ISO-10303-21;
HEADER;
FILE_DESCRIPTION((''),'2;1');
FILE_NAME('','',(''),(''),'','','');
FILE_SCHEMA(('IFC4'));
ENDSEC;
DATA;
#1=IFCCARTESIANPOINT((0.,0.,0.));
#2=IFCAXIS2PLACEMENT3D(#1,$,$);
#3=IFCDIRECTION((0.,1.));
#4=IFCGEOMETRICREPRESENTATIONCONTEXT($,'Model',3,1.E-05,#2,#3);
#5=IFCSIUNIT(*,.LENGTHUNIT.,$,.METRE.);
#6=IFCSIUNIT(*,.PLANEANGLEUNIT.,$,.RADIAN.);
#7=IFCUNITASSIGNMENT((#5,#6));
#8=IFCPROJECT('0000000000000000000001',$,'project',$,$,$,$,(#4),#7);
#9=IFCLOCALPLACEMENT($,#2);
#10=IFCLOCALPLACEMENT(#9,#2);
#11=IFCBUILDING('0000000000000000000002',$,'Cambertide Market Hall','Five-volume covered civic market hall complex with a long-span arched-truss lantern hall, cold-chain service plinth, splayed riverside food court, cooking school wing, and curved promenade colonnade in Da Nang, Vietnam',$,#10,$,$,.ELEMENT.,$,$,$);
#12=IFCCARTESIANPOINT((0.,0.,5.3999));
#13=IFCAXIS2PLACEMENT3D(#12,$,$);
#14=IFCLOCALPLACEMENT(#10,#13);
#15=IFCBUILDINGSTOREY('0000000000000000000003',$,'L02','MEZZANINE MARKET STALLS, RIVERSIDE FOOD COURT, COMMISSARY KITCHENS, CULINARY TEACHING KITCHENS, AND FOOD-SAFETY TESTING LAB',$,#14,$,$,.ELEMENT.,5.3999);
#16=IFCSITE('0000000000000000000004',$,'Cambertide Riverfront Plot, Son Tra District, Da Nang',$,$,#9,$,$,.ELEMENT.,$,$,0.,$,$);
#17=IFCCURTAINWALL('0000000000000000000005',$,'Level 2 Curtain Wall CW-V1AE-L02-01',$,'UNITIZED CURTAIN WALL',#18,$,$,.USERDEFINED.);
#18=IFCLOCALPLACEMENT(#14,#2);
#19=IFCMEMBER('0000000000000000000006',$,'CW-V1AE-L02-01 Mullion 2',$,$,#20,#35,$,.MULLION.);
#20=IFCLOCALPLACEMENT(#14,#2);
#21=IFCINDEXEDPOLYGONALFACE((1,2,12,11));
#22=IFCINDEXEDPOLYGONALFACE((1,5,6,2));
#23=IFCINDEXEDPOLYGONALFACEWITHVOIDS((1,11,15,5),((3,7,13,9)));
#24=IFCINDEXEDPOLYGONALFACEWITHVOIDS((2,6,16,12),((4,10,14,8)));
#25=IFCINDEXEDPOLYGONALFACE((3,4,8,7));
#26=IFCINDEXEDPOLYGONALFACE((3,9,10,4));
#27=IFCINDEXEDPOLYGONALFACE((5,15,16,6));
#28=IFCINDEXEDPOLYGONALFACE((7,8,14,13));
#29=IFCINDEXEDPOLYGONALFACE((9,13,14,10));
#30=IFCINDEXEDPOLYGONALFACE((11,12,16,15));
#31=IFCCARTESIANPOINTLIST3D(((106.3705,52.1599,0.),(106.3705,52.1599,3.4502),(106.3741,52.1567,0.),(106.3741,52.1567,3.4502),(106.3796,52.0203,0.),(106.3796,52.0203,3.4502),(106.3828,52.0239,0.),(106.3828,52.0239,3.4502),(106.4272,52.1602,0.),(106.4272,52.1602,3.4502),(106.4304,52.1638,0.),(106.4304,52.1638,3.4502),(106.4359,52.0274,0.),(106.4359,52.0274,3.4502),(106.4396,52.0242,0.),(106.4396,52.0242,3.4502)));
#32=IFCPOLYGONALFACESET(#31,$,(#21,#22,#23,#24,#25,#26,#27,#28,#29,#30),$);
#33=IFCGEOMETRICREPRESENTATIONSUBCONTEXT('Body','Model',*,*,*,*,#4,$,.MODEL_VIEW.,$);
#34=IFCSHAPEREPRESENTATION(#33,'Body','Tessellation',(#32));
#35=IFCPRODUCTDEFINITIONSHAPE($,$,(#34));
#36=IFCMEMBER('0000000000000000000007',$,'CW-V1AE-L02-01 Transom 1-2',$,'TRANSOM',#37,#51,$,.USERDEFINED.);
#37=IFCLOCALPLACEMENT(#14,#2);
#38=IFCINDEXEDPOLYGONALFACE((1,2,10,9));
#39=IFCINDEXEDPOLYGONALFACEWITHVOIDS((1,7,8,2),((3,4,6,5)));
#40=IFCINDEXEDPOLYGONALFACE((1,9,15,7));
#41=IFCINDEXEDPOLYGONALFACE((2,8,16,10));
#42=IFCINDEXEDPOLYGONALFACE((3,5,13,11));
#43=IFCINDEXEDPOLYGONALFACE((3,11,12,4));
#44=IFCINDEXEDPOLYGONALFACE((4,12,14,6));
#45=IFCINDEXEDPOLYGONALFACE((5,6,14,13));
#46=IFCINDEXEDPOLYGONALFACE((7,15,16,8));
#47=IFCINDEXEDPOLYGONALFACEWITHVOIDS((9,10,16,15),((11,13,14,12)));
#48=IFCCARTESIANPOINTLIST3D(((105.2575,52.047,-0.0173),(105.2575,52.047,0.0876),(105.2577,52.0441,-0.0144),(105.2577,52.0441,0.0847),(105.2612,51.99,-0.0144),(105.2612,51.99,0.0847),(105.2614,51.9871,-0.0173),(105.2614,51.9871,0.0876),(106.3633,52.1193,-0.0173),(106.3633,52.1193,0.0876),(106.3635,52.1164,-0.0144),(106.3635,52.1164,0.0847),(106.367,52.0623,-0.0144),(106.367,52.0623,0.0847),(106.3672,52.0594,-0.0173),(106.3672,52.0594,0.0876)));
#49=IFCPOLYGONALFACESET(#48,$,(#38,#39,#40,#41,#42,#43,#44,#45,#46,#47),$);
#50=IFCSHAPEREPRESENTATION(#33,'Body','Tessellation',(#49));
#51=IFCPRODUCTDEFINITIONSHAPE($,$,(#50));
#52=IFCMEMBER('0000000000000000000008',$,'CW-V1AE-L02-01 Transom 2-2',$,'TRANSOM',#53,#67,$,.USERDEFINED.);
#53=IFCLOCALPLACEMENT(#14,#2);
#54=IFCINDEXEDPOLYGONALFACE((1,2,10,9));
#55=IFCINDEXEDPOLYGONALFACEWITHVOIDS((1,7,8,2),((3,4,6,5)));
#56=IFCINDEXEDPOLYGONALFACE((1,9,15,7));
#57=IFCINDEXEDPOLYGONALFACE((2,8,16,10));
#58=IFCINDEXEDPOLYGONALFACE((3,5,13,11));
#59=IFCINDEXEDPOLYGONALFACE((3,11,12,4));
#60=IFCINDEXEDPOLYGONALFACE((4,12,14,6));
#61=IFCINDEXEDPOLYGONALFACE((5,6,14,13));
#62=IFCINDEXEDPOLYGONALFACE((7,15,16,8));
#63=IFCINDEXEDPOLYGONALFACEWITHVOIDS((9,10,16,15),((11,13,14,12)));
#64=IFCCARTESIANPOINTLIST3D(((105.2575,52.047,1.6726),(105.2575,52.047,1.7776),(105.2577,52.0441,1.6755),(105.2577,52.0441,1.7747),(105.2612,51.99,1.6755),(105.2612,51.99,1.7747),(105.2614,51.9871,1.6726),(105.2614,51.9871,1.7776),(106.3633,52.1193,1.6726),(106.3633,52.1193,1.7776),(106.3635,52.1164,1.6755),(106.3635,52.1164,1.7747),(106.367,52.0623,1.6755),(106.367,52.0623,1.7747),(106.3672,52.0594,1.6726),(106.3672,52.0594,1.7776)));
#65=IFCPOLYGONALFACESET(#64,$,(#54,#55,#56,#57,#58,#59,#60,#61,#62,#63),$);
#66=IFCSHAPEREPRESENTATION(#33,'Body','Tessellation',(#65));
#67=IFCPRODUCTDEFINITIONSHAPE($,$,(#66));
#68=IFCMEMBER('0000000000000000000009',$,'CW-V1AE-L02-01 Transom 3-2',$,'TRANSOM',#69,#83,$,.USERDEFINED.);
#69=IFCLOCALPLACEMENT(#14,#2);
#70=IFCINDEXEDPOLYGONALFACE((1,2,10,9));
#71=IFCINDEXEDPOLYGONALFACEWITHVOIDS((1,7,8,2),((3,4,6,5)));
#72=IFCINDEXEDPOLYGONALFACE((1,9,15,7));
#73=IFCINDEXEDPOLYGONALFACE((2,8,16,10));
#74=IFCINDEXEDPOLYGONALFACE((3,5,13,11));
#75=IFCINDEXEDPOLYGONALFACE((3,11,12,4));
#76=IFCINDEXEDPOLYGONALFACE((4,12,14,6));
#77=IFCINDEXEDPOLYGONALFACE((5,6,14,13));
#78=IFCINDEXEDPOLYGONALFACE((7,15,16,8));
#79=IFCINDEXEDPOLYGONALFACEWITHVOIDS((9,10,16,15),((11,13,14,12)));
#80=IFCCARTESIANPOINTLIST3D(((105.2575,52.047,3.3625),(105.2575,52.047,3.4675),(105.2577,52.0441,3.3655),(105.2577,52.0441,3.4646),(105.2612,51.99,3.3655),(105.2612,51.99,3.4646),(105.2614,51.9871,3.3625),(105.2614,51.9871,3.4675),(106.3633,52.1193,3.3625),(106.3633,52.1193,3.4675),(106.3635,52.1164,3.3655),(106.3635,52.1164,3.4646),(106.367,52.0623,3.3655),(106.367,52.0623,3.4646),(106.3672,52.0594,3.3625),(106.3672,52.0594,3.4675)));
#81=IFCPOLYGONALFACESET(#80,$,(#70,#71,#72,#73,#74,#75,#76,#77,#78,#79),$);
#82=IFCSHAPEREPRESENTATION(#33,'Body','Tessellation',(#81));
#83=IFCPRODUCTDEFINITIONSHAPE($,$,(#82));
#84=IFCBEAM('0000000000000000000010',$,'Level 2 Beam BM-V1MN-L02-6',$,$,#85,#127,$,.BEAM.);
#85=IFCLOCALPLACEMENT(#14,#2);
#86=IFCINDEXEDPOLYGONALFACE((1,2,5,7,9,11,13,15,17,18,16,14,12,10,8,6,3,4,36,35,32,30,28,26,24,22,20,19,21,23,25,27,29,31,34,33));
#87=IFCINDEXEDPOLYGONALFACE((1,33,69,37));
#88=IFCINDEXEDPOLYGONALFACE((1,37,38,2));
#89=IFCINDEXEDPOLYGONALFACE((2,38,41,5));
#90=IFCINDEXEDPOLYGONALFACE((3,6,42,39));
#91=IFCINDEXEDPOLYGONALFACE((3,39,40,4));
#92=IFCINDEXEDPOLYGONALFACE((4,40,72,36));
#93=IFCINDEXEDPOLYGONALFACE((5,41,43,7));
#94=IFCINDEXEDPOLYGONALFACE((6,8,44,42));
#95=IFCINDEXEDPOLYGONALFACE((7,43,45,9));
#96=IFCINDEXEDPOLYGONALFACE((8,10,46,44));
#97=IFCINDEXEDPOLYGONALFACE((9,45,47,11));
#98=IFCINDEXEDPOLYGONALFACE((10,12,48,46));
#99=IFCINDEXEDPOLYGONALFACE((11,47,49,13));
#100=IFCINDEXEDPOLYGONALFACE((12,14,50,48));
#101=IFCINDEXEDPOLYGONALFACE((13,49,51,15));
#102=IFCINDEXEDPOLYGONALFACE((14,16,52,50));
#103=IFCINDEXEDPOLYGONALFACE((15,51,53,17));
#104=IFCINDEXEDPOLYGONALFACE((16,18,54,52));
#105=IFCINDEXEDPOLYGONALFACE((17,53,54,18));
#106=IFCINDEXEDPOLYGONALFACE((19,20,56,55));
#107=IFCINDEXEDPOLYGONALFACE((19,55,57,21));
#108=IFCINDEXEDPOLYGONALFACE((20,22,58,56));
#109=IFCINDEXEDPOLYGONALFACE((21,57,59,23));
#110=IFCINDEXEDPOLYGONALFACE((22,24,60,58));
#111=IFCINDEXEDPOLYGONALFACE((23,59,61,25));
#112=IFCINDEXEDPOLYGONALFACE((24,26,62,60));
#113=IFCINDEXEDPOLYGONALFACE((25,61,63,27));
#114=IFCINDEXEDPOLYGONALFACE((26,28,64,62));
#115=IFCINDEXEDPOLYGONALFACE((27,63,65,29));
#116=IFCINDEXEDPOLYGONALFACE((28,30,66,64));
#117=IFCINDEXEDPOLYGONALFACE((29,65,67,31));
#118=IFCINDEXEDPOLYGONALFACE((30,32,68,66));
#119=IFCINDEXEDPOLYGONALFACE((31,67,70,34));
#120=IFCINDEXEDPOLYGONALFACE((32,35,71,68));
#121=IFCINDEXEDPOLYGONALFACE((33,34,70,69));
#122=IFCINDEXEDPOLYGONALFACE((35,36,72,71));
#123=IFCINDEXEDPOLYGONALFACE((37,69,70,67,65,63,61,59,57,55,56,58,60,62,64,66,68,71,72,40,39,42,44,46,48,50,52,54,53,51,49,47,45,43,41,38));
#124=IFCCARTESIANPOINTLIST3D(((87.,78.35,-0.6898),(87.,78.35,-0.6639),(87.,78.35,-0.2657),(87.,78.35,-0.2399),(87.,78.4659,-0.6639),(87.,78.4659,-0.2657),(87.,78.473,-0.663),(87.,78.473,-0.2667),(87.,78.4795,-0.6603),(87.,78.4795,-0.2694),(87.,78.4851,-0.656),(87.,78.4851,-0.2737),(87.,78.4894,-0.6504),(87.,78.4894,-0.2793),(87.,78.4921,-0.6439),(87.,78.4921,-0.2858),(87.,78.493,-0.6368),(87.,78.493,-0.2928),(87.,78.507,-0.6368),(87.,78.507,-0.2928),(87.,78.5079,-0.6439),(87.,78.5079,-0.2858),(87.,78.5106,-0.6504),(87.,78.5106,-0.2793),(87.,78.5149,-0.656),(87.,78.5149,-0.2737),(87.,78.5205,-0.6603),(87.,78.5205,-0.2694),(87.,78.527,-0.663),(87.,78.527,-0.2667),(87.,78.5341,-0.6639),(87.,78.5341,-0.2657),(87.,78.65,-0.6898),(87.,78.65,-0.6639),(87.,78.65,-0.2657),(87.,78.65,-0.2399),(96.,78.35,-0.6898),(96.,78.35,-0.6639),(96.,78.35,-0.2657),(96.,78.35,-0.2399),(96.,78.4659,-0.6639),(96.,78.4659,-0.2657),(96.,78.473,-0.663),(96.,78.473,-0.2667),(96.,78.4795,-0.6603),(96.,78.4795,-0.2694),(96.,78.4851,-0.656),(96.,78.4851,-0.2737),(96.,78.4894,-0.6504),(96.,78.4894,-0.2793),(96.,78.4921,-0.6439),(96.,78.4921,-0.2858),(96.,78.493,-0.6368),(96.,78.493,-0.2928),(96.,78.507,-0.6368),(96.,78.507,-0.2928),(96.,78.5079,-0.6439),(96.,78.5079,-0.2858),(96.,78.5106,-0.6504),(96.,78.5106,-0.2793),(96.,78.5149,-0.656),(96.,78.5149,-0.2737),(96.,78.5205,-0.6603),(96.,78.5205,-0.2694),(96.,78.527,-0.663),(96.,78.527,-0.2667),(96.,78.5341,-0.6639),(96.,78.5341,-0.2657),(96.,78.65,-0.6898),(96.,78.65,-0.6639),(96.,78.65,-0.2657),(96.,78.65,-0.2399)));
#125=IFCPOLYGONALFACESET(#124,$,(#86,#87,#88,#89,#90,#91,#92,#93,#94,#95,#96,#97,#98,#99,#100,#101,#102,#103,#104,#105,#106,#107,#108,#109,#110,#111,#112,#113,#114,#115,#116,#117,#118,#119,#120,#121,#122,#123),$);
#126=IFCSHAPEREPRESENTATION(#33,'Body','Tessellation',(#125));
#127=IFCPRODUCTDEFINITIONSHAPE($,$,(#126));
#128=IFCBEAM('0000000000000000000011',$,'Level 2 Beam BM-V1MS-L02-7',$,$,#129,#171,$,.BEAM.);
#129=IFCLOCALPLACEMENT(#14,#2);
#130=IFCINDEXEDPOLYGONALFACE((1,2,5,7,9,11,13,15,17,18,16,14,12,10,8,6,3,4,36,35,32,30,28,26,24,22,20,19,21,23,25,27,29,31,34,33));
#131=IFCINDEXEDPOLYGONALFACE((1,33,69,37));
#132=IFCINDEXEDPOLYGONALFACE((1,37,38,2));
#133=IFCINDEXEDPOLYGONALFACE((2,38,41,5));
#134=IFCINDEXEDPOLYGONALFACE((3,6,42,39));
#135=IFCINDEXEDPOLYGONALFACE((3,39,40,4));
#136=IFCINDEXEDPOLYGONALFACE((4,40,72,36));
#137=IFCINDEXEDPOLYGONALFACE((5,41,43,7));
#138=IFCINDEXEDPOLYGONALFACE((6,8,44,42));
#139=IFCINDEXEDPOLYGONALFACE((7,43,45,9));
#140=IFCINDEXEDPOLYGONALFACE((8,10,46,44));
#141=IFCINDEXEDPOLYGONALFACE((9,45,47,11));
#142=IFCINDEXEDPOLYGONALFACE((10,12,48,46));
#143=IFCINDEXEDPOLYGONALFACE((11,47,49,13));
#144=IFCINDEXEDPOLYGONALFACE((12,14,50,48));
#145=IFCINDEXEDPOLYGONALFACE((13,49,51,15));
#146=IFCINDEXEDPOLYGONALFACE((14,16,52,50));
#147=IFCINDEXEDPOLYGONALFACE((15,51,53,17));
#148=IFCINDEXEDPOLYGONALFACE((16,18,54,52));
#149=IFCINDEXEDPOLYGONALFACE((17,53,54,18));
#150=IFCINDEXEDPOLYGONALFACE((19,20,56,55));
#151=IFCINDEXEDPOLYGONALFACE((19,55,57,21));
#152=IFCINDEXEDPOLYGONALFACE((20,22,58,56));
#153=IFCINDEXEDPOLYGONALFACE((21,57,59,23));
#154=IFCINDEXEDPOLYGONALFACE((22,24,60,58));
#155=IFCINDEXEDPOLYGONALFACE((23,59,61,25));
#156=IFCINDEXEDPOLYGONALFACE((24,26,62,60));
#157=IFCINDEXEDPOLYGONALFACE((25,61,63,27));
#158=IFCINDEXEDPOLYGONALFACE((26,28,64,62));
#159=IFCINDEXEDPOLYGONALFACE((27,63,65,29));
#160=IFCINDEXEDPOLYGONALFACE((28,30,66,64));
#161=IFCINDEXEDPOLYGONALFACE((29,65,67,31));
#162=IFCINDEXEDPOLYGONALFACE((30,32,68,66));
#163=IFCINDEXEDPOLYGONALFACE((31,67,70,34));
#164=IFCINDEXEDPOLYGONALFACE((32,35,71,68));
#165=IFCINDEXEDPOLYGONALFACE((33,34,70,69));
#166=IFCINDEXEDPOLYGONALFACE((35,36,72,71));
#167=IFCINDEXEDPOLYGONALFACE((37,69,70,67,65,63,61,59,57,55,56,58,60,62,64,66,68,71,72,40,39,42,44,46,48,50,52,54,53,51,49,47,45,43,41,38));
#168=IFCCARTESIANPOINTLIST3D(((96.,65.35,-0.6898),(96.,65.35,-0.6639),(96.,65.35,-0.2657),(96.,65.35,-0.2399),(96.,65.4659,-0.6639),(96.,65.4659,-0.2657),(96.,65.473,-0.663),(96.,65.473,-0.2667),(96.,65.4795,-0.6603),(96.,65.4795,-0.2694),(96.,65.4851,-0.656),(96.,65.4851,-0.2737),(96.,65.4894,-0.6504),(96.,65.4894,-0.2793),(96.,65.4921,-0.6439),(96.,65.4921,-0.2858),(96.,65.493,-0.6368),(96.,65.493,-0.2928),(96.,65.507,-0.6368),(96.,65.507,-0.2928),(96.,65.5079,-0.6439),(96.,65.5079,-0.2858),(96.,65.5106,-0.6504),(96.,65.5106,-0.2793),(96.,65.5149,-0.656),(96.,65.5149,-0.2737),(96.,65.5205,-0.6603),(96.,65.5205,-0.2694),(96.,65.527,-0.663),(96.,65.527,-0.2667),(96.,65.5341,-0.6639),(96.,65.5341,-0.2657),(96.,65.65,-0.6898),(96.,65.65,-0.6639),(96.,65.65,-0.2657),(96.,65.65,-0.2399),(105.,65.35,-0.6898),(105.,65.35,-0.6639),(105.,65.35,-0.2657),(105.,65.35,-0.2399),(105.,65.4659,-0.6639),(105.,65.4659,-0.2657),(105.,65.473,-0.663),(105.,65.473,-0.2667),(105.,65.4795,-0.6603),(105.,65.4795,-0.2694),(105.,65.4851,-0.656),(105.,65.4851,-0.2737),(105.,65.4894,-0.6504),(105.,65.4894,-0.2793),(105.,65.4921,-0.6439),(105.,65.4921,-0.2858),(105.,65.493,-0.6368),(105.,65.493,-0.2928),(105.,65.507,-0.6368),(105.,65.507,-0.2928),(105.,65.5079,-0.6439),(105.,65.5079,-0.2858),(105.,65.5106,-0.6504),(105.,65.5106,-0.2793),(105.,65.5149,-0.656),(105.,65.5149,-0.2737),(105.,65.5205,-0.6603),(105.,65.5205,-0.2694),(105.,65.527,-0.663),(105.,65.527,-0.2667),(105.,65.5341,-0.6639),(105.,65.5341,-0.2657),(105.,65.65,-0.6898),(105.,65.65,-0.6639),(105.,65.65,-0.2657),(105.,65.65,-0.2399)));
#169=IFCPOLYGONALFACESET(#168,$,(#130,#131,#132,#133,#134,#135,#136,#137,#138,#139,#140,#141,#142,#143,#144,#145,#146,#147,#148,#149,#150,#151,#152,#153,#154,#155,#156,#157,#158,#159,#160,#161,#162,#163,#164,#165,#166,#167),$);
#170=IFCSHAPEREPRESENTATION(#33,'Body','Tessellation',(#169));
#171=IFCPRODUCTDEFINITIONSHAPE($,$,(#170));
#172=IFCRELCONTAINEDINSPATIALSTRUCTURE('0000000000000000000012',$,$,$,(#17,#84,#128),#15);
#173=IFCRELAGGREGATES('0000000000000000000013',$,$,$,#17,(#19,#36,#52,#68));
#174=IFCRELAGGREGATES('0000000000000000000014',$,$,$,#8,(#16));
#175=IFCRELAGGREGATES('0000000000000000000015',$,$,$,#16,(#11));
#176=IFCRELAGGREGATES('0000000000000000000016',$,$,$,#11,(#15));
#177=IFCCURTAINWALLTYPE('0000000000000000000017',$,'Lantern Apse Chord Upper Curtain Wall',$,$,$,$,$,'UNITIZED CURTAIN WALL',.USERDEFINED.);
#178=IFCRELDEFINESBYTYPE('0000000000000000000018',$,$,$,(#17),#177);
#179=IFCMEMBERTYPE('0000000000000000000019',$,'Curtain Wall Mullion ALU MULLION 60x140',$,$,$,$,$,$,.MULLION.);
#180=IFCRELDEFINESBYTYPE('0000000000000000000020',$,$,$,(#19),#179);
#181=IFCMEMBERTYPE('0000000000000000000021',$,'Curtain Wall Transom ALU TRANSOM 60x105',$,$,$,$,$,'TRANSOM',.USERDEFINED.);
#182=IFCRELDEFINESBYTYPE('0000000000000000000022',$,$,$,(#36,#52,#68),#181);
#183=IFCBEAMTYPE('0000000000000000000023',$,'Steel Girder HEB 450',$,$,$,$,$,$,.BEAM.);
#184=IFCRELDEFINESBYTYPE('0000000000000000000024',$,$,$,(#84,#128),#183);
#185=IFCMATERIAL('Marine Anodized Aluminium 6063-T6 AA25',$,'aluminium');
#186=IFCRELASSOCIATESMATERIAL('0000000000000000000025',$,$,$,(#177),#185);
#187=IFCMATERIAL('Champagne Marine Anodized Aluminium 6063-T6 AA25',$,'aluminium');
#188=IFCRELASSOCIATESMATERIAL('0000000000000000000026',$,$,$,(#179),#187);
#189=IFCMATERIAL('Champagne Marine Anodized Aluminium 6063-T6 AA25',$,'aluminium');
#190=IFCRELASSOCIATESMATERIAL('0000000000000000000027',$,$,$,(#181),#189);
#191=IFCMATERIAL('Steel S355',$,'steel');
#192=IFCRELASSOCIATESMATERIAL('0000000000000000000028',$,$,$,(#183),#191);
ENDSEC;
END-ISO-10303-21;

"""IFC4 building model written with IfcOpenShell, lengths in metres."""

from ifc_helpers import new_model, si_unit, direction, frame, origin, origin_2d, place, context, subcontext, project, spatial, hollow_rectangle, i_section, extrude, material, material_profile, profile_set, type_object, element, aggregate, save


model = new_model("IFC4")

# Units and contexts
model_context = context("Model", 3, precision=1e-05, world=origin(), true_north=direction((0.0, 1.0)))
body_context = subcontext(model_context, "Body", "Model", "MODEL_VIEW")
ifc_project = project(units=[si_unit("LENGTHUNIT", "METRE"), si_unit("PLANEANGLEUNIT", "RADIAN")], contexts=[model_context])

# Site, building, storey
site_placement = place(None, origin())
site = spatial("IfcSite", under=ifc_project, at=site_placement, Name="Cambertide Riverfront Plot, Son Tra District, Da Nang", CompositionType="ELEMENT", RefElevation=0.0)
building_placement = place(site_placement, origin())
building = spatial("IfcBuilding", under=site, at=building_placement, Name="Cambertide Market Hall", Description="Five-volume covered civic market hall complex with a long-span arched-truss lantern hall, cold-chain service plinth, splayed riverside food court, cooking school wing, and curved promenade colonnade in Da Nang, Vietnam", CompositionType="ELEMENT")
storey_placement = place(building_placement, frame((0.0, 0.0, 5.3999)))
storey = spatial("IfcBuildingStorey", under=building, at=storey_placement, Name="L02", Description="MEZZANINE MARKET STALLS, RIVERSIDE FOOD COURT, COMMISSARY KITCHENS, CULINARY TEACHING KITCHENS, AND FOOD-SAFETY TESTING LAB", CompositionType="ELEMENT", Elevation=5.3999)

# Curtain wall, members
ifc_material_1 = material(Name="Marine Anodized Aluminium 6063-T6 AA25", Category="aluminium")
curtain_wall_type = type_object("IfcCurtainWallType", Name="Lantern Apse Chord Upper Curtain Wall", ElementType="UNITIZED CURTAIN WALL", PredefinedType="USERDEFINED", material=ifc_material_1)
curtain_wall_placement = place(storey_placement, origin())
curtain_wall = element("IfcCurtainWall", 1, at=curtain_wall_placement, inside=storey, type_object=curtain_wall_type, Name="Level 2 Curtain Wall CW-V1AE-L02-01", ObjectType="UNITIZED CURTAIN WALL", PredefinedType="USERDEFINED")
ifc_material_2 = material(Name="Champagne Marine Anodized Aluminium 6063-T6 AA25", Category="aluminium")
ifc_material_profile_1 = material_profile(ifc_material_2, hollow_rectangle(XDim=0.0601, YDim=0.1399, WallThickness=0.0034, at=origin_2d()), Name="ALU MULLION 60x140")
ifc_profile_set_1 = profile_set([ifc_material_profile_1], Name="Champagne Marine Anodized Aluminium 6063-T6 AA25")
member_type_1 = type_object("IfcMemberType", Name="Curtain Wall Mullion ALU MULLION 60x140", PredefinedType="MULLION", material=ifc_profile_set_1)
member_1_placement = place(storey_placement, frame((106.405, 52.092, 0.0), z_axis=(0.0, 0.0, 1.0), x_axis=(-0.997859, -0.065403, 0.0)))
member_1 = element("IfcMember", 2, at=member_1_placement, type_object=member_type_1, Name="CW-V1AE-L02-01 Mullion 2", PredefinedType="MULLION", context=body_context, shape_type="SweptSolid", body=[
    extrude(hollow_rectangle(XDim=0.0601, YDim=0.1399, WallThickness=0.0034, at=origin_2d()), origin(), (0.0, 0.0, 1.0), 3.4502),
])
ifc_material_3 = material(Name="Champagne Marine Anodized Aluminium 6063-T6 AA25", Category="aluminium")
ifc_material_profile_2 = material_profile(ifc_material_3, hollow_rectangle(XDim=0.0601, YDim=0.105, WallThickness=0.0029, at=origin_2d()), Name="ALU TRANSOM 60x105")
ifc_profile_set_2 = profile_set([ifc_material_profile_2], Name="Champagne Marine Anodized Aluminium 6063-T6 AA25")
member_type_2 = type_object("IfcMemberType", Name="Curtain Wall Transom ALU TRANSOM 60x105", ElementType="TRANSOM", PredefinedType="USERDEFINED", material=ifc_profile_set_2)
member_2_placement = place(storey_placement, frame((106.3652, 52.0894, 0.0352), z_axis=(-0.997871, -0.065217, 0.0), x_axis=(0.065217, -0.997871, 0.0)))
member_2 = element("IfcMember", 3, at=member_2_placement, type_object=member_type_2, Name="CW-V1AE-L02-01 Transom 1-2", ObjectType="TRANSOM", PredefinedType="USERDEFINED", context=body_context, shape_type="SweptSolid", body=[
    extrude(hollow_rectangle(XDim=0.0601, YDim=0.105, WallThickness=0.0029, at=origin_2d()), origin(), (0.0, 0.0, 1.0), 1.1082),
])
member_3_placement = place(storey_placement, frame((106.3652, 52.0894, 1.7251), z_axis=(-0.997871, -0.065217, 0.0), x_axis=(0.065217, -0.997871, 0.0)))
member_3 = element("IfcMember", 4, at=member_3_placement, type_object=member_type_2, Name="CW-V1AE-L02-01 Transom 2-2", ObjectType="TRANSOM", PredefinedType="USERDEFINED", context=body_context, shape_type="SweptSolid", body=[
    extrude(hollow_rectangle(XDim=0.0601, YDim=0.105, WallThickness=0.0029, at=origin_2d()), origin(), (0.0, 0.0, 1.0), 1.1082),
])
member_4_placement = place(storey_placement, frame((106.3652, 52.0894, 3.415), z_axis=(-0.997871, -0.065217, 0.0), x_axis=(0.065217, -0.997871, 0.0)))
member_4 = element("IfcMember", 5, at=member_4_placement, type_object=member_type_2, Name="CW-V1AE-L02-01 Transom 3-2", ObjectType="TRANSOM", PredefinedType="USERDEFINED", context=body_context, shape_type="SweptSolid", body=[
    extrude(hollow_rectangle(XDim=0.0601, YDim=0.105, WallThickness=0.0029, at=origin_2d()), origin(), (0.0, 0.0, 1.0), 1.1082),
])
aggregate(curtain_wall, [member_1, member_2, member_3, member_4])

# Beams
ifc_material_4 = material(Name="Steel S355", Category="steel")
ifc_material_profile_3 = material_profile(ifc_material_4, i_section(OverallWidth=0.3, OverallDepth=0.45, WebThickness=0.0139, FlangeThickness=0.0259, FilletRadius=0.0271, at=origin_2d()), Name="HEB 450")
ifc_profile_set_3 = profile_set([ifc_material_profile_3], Name="Steel S355")
beam_type_1 = type_object("IfcBeamType", Name="Steel Girder HEB 450", PredefinedType="BEAM", material=ifc_profile_set_3)
for number, where, z_axis, x_axis, name in (
    (6, (87.0, 78.5, -0.4648), (1.0, 0.0, 0.0), (0.0, 1.0, 0.0), "Level 2 Beam BM-V1MN-L02-6"),
    (7, (96.0, 65.5, -0.4648), (1.0, 0.0, 0.0), (0.0, 1.0, 0.0), "Level 2 Beam BM-V1MS-L02-7"),
):
    element("IfcBeam", number, at=place(storey_placement, frame(where, z_axis=z_axis, x_axis=x_axis)), inside=storey, type_object=beam_type_1, Name=name, PredefinedType="BEAM", context=body_context, shape_type="SweptSolid", body=[
        extrude(i_section(OverallWidth=0.3, OverallDepth=0.45, WebThickness=0.0139, FlangeThickness=0.0259, FilletRadius=0.0271, at=origin_2d()), origin(), (0.0, 0.0, 1.0), 9.0),
    ])

save(model, "model.ifc")
